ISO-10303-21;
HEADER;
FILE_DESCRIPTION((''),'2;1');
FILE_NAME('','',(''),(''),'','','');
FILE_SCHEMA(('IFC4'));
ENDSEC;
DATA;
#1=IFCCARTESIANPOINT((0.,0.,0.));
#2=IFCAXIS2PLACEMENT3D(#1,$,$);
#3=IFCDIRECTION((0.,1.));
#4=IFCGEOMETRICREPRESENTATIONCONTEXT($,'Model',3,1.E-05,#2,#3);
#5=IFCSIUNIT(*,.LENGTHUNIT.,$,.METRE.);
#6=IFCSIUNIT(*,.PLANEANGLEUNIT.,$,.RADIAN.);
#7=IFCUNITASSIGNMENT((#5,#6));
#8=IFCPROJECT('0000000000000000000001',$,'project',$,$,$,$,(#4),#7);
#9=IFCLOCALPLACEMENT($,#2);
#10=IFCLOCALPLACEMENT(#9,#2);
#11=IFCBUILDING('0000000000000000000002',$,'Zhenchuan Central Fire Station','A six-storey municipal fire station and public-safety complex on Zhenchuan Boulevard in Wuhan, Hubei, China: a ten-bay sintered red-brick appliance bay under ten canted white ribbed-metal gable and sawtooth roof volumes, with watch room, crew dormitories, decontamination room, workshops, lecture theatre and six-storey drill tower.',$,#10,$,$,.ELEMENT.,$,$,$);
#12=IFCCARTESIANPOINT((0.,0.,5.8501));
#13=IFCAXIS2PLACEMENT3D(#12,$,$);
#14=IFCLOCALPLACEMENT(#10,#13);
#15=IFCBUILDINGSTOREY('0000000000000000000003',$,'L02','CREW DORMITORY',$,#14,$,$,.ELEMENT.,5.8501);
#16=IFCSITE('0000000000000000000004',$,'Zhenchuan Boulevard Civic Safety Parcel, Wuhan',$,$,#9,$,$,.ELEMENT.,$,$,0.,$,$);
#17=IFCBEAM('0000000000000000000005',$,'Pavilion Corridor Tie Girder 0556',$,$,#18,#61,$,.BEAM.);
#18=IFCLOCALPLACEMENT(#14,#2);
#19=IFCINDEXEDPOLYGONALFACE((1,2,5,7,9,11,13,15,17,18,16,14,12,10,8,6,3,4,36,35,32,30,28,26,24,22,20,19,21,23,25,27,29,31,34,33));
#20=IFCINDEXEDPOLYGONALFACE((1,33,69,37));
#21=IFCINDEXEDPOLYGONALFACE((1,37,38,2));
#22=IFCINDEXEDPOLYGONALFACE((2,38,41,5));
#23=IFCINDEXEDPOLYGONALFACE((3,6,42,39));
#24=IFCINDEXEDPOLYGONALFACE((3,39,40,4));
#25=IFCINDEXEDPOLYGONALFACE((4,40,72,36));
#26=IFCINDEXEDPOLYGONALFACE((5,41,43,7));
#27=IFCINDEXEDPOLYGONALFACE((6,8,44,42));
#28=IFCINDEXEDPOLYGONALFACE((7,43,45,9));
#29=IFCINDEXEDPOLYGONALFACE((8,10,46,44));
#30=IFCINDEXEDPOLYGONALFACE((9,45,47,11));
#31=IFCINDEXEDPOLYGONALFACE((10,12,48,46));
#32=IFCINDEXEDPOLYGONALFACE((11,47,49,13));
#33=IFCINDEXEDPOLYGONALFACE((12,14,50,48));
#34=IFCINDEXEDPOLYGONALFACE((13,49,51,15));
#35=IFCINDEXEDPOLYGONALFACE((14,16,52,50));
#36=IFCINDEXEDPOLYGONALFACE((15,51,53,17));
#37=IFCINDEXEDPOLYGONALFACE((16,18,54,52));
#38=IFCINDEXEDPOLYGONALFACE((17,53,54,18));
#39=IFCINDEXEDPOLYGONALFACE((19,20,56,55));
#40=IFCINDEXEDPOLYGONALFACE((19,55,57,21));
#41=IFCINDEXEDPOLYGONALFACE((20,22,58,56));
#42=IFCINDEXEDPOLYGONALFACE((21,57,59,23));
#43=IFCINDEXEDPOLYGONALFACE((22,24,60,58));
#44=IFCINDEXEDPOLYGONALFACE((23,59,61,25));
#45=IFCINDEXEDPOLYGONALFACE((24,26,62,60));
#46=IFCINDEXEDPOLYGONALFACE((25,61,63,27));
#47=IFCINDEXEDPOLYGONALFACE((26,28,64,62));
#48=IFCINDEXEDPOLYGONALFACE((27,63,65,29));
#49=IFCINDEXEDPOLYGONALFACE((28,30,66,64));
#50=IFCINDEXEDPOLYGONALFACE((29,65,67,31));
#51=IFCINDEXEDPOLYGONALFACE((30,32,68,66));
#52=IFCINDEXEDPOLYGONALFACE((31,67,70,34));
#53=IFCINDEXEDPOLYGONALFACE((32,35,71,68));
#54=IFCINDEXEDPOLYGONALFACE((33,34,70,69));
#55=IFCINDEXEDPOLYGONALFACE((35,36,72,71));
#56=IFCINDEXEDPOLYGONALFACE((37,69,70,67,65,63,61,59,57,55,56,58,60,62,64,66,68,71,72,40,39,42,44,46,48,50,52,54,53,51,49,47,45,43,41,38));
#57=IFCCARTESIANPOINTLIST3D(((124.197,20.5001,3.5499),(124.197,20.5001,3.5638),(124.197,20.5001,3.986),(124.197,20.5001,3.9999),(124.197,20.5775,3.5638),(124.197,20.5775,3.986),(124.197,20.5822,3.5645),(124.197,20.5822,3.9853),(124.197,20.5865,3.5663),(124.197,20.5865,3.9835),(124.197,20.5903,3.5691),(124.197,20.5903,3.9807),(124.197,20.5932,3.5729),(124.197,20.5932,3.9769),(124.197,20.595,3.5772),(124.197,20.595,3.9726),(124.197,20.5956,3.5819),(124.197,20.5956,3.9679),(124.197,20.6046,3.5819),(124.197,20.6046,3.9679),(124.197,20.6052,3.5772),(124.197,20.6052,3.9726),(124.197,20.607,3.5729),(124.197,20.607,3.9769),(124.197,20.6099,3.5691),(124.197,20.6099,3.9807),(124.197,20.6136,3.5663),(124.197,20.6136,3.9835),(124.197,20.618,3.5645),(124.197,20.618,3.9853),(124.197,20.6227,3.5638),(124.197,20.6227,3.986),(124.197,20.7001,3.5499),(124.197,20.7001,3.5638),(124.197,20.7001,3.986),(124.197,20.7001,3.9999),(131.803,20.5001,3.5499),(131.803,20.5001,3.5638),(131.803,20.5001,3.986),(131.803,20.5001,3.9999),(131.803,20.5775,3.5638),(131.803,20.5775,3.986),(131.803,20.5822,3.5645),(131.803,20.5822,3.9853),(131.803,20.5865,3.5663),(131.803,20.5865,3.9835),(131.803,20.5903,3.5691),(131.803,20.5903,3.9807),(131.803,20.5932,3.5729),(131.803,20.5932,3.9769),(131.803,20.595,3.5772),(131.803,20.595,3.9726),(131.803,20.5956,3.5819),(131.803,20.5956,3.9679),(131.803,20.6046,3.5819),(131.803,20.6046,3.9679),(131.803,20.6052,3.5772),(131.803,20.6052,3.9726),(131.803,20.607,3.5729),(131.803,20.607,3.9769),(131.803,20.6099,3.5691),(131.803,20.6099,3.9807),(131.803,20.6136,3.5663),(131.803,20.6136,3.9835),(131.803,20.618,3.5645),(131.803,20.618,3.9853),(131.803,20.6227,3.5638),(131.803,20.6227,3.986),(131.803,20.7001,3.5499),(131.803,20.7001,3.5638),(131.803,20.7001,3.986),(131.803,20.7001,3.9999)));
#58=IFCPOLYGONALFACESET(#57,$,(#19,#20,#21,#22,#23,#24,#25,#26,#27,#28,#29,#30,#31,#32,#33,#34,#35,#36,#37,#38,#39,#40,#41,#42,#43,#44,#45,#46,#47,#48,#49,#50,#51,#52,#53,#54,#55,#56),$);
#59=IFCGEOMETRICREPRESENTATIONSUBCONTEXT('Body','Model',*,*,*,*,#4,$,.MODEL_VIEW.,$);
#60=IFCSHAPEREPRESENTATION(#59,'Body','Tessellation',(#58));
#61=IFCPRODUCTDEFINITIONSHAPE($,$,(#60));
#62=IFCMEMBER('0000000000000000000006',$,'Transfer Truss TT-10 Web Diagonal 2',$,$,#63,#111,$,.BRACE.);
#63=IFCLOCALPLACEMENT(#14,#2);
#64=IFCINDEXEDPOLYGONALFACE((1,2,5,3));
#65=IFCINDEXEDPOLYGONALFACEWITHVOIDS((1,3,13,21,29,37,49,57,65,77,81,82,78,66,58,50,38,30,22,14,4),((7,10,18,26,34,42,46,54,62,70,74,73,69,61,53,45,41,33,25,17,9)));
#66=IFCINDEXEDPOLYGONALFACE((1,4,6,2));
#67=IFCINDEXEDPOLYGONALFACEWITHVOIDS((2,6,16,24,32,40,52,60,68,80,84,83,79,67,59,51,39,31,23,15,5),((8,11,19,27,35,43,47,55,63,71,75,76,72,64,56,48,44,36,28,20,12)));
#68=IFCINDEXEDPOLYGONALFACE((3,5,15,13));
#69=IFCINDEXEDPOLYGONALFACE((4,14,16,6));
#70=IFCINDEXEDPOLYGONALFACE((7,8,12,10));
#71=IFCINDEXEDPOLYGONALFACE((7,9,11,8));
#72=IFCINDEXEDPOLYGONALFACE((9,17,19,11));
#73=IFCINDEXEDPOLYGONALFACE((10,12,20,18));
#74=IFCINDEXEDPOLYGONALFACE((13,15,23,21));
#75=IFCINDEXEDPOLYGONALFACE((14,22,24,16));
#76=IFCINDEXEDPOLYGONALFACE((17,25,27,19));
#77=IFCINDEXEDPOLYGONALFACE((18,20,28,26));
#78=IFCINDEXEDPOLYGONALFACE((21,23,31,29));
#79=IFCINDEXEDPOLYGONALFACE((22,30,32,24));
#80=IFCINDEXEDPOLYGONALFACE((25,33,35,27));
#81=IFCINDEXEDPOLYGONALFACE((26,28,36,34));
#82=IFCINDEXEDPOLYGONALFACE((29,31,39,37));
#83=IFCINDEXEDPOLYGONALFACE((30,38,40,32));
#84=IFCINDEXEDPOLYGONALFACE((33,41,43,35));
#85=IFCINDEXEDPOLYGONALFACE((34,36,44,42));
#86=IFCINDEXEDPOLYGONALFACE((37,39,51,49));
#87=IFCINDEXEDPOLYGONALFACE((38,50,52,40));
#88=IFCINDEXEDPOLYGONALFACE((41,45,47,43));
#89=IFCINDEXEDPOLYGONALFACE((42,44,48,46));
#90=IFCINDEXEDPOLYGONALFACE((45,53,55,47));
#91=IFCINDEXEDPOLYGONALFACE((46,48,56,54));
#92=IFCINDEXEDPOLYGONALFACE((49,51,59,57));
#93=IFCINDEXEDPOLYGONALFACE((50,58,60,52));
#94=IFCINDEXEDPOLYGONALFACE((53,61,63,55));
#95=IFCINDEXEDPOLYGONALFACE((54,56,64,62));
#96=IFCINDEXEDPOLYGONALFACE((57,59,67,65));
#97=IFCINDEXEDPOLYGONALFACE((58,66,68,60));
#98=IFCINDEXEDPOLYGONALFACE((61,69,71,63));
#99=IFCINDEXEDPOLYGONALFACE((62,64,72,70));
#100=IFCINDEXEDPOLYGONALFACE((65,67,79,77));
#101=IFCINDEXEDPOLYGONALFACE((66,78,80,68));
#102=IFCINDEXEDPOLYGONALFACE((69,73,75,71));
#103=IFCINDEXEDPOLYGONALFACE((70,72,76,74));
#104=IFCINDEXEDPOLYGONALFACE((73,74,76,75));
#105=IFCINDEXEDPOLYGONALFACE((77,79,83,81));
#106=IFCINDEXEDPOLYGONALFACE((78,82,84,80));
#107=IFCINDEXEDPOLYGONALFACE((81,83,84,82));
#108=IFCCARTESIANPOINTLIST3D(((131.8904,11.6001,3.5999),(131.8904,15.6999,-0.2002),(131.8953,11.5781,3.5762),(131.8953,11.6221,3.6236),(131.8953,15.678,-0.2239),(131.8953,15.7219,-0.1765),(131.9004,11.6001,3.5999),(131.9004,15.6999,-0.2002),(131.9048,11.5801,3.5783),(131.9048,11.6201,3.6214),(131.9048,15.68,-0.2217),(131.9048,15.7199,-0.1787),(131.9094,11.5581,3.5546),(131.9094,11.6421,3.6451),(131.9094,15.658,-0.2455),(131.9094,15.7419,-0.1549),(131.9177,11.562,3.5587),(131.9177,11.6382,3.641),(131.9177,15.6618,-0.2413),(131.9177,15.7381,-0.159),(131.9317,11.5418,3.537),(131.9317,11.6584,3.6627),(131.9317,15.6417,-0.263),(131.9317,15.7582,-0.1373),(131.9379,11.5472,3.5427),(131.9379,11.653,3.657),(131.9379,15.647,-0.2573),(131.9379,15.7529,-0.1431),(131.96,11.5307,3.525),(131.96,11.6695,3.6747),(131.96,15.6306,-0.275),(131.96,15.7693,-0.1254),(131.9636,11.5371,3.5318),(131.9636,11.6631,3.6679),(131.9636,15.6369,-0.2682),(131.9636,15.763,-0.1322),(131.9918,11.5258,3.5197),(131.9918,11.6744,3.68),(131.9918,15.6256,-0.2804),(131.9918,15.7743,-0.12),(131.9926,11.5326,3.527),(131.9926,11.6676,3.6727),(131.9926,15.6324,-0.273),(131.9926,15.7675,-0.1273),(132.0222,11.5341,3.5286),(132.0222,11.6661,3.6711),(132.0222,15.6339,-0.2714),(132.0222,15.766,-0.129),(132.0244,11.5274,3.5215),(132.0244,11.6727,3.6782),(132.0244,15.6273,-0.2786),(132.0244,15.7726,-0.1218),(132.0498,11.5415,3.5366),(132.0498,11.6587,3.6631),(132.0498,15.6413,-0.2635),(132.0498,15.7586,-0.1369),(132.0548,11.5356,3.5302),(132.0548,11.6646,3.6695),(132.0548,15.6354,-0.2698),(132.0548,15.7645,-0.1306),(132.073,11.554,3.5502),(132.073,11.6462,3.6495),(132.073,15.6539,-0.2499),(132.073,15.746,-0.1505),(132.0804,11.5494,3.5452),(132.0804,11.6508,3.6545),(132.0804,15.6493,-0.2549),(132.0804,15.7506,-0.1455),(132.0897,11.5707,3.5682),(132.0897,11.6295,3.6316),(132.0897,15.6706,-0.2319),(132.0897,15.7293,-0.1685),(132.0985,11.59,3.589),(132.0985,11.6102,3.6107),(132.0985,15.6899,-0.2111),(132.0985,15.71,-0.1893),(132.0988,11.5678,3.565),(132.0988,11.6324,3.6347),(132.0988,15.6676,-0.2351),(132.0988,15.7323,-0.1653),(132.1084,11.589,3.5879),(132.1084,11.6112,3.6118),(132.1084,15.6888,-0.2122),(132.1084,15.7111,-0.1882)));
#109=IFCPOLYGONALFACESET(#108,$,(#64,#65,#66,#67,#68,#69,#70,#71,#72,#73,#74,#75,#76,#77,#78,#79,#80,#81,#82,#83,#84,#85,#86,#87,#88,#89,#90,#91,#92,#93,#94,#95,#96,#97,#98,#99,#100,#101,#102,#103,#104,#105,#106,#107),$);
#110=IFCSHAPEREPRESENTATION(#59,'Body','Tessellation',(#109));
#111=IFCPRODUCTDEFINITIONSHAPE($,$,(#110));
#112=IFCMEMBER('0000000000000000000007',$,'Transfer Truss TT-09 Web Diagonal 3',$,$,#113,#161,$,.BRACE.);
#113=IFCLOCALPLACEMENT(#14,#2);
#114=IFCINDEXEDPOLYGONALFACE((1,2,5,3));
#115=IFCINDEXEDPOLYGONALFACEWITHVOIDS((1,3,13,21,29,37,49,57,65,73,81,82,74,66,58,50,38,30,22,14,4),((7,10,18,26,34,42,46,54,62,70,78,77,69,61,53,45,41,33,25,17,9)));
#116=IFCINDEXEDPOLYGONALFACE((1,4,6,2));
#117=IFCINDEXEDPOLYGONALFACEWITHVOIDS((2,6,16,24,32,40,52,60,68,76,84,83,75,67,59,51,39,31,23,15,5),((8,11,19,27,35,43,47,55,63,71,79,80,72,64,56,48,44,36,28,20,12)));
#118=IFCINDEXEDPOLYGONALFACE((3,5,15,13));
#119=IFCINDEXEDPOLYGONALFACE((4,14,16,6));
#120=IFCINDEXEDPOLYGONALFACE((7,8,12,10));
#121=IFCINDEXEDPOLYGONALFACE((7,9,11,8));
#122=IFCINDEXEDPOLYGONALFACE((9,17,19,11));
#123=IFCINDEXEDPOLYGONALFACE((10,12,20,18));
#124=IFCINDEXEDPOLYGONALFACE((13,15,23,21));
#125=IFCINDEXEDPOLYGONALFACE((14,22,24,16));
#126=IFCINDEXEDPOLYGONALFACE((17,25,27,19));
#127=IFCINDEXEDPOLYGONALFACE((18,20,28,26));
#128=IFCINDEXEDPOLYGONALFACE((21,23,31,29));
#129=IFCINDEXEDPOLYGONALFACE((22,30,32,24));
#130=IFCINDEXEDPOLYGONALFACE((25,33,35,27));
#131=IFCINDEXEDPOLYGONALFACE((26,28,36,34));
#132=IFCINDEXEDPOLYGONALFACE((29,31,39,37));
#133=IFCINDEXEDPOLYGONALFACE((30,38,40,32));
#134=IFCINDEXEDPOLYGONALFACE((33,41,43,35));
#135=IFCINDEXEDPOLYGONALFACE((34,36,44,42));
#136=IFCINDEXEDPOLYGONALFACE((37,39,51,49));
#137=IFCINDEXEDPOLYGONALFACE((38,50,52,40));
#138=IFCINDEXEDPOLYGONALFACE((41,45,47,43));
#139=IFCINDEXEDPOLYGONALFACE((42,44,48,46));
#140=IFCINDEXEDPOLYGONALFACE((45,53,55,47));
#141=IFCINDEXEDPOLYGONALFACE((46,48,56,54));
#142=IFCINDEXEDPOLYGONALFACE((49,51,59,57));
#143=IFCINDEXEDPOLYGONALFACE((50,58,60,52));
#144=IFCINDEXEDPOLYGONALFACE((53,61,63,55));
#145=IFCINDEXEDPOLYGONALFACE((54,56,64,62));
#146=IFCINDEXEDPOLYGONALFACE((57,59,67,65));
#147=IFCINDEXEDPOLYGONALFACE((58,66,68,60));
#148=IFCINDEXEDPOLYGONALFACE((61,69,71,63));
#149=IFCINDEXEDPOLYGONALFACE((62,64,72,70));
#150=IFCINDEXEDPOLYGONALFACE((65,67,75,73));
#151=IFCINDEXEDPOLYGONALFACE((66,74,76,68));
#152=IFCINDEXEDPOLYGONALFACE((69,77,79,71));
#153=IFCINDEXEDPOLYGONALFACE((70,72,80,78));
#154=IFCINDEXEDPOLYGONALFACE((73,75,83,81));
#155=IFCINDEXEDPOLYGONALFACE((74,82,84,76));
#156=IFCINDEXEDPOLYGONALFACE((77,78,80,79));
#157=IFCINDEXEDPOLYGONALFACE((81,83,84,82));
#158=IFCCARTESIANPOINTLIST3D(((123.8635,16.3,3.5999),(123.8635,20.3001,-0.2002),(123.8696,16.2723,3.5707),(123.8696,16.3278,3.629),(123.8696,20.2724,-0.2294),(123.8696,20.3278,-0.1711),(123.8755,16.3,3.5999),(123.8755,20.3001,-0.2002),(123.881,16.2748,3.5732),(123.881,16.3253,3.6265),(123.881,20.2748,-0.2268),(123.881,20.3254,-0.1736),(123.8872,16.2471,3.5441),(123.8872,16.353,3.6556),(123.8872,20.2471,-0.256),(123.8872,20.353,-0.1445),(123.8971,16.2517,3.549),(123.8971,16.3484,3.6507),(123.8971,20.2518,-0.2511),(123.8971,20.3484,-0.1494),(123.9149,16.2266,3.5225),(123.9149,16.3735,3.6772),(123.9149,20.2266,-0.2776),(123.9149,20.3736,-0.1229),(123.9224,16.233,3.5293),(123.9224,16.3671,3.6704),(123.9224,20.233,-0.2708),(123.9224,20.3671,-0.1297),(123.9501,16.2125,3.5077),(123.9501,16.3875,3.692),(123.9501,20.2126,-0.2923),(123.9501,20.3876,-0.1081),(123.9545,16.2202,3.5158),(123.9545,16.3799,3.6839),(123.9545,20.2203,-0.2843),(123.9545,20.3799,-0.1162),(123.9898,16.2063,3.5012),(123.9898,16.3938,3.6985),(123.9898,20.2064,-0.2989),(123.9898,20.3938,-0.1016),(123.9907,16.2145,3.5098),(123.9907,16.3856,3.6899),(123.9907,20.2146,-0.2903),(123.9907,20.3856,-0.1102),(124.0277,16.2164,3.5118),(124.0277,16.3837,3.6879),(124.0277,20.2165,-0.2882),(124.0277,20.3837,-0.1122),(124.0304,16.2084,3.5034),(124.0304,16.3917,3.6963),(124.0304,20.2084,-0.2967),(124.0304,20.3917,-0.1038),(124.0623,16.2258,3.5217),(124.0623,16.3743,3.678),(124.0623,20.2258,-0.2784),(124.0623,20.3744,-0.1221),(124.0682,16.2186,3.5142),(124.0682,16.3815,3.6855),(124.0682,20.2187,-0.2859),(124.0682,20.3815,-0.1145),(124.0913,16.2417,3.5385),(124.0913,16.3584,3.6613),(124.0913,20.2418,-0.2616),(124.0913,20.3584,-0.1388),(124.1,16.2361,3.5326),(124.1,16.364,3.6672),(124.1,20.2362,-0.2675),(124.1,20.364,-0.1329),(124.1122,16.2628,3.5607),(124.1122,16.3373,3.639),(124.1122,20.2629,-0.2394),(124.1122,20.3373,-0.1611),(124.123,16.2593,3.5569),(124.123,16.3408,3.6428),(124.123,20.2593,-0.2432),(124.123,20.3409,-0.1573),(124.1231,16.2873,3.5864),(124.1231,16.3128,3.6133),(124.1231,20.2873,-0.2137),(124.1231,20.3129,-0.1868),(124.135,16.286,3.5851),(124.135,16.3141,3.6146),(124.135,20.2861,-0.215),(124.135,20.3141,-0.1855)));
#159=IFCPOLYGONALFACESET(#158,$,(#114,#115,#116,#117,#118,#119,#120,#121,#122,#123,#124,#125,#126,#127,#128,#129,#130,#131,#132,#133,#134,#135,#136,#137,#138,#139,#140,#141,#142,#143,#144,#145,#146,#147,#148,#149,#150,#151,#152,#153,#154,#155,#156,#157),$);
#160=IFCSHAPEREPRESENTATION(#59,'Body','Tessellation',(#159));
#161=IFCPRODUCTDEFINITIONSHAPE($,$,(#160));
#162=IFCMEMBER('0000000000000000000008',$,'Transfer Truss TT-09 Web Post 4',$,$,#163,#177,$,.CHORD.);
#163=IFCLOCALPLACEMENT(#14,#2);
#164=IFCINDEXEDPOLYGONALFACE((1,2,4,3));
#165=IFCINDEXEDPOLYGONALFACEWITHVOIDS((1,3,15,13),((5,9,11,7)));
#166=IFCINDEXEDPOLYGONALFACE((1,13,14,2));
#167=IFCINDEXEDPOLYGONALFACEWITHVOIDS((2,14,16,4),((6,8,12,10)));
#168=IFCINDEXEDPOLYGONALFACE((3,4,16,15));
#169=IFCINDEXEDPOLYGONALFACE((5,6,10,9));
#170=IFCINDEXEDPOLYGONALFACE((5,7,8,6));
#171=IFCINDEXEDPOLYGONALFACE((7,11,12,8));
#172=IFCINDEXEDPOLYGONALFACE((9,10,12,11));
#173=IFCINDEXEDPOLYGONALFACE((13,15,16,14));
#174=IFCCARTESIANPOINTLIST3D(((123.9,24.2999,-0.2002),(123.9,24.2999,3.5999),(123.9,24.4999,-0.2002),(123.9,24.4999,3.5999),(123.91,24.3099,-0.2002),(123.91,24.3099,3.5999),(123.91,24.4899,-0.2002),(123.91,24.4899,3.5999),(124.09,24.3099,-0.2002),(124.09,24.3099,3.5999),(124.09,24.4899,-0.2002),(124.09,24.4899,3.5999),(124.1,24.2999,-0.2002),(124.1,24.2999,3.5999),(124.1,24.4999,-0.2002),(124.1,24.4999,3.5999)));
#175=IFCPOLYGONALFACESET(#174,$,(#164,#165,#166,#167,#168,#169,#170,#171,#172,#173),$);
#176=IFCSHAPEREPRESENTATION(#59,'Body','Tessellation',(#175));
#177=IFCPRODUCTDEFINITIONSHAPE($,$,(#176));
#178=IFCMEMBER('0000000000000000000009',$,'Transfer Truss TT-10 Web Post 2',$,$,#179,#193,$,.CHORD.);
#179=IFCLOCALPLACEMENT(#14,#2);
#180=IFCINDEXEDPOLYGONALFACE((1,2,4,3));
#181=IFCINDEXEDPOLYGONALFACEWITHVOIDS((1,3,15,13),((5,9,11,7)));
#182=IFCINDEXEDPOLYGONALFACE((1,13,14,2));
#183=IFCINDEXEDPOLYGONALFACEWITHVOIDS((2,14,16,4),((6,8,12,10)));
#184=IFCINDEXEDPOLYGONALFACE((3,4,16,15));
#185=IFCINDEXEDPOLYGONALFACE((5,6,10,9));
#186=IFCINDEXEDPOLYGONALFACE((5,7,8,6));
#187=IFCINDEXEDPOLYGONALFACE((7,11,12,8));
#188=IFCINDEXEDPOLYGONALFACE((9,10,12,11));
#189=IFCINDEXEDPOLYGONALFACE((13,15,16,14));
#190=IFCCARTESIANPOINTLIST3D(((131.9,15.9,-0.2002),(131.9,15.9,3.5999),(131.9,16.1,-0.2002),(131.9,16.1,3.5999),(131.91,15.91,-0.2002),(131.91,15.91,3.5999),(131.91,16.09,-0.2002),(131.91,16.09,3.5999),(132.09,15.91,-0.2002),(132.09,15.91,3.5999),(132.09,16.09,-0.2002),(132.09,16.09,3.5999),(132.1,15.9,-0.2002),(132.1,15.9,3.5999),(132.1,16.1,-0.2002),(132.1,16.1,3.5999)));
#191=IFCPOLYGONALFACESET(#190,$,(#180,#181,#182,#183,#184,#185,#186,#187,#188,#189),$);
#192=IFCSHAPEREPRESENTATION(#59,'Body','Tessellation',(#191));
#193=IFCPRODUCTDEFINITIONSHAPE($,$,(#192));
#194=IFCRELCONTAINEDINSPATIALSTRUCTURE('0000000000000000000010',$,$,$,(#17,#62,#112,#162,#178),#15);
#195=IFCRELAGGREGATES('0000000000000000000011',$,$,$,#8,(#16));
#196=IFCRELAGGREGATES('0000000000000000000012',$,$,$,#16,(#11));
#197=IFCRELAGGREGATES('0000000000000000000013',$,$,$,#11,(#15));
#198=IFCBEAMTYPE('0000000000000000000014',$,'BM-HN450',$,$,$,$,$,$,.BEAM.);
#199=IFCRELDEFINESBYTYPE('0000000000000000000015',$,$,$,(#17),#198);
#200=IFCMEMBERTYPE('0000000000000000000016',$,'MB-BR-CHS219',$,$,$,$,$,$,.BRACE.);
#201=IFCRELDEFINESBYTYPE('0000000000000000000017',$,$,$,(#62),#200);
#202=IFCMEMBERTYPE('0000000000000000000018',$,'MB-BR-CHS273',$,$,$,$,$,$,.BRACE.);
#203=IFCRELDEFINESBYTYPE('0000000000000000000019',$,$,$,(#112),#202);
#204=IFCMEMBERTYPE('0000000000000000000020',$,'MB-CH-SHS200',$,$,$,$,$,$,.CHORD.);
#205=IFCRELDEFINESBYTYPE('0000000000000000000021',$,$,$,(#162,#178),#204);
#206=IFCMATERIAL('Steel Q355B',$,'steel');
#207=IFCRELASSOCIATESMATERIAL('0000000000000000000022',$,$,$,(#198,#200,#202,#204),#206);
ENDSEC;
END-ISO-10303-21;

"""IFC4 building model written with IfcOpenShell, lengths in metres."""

from ifc_helpers import new_model, si_unit, direction, frame, origin, origin_2d, place, context, subcontext, project, spatial, hollow_rectangle, hollow_circle, i_section, extrude, material, material_profile, profile_set, type_object, element, save


model = new_model("IFC4")

# Units and contexts
model_context = context("Model", 3, precision=1e-05, world=origin(), true_north=direction((0.0, 1.0)))
body_context = subcontext(model_context, "Body", "Model", "MODEL_VIEW")
ifc_project = project(units=[si_unit("LENGTHUNIT", "METRE"), si_unit("PLANEANGLEUNIT", "RADIAN")], contexts=[model_context])

# Site, building, storey
site_placement = place(None, origin())
site = spatial("IfcSite", under=ifc_project, at=site_placement, Name="Zhenchuan Boulevard Civic Safety Parcel, Wuhan", CompositionType="ELEMENT", RefElevation=0.0)
building_placement = place(site_placement, origin())
building = spatial("IfcBuilding", under=site, at=building_placement, Name="Zhenchuan Central Fire Station", Description="A six-storey municipal fire station and public-safety complex on Zhenchuan Boulevard in Wuhan, Hubei, China: a ten-bay sintered red-brick appliance bay under ten canted white ribbed-metal gable and sawtooth roof volumes, with watch room, crew dormitories, decontamination room, workshops, lecture theatre and six-storey drill tower.", CompositionType="ELEMENT")
storey_placement = place(building_placement, frame((0.0, 0.0, 5.8501)))
storey = spatial("IfcBuildingStorey", under=building, at=storey_placement, Name="L02", Description="CREW DORMITORY", CompositionType="ELEMENT", Elevation=5.8501)

# Beam
ifc_material_1 = material(Name="Steel Q355B", Category="steel")
ifc_material_profile_1 = material_profile(ifc_material_1, i_section(OverallWidth=0.2, OverallDepth=0.45, WebThickness=0.009, FlangeThickness=0.0139, FilletRadius=0.0181, at=origin_2d()), Name="HN 450x200")
ifc_profile_set_1 = profile_set([ifc_material_profile_1], Name="Steel Q355B")
beam_type = type_object("IfcBeamType", Name="BM-HN450", PredefinedType="BEAM", material=ifc_profile_set_1)
beam_placement = place(storey_placement, frame((124.197, 20.6001, 3.7749), z_axis=(1.0, 0.0, 0.0), x_axis=(0.0, 1.0, 0.0)))
element("IfcBeam", 1, at=beam_placement, inside=storey, type_object=beam_type, Name="Pavilion Corridor Tie Girder 0556", PredefinedType="BEAM", context=body_context, shape_type="SweptSolid", body=[
    extrude(i_section(OverallWidth=0.2, OverallDepth=0.45, WebThickness=0.009, FlangeThickness=0.0139, FilletRadius=0.0181, at=origin_2d()), origin(), (0.0, 0.0, 1.0), 7.606),
])

# Members
ifc_material_profile_2 = material_profile(ifc_material_1, hollow_circle(Radius=0.1096, WallThickness=0.01, at=origin_2d()), Name="CHS 219.1x10")
ifc_profile_set_2 = profile_set([ifc_material_profile_2], Name="Steel Q355B")
member_type_1 = type_object("IfcMemberType", Name="MB-BR-CHS219", PredefinedType="BRACE", material=ifc_profile_set_2)
member_1_placement = place(storey_placement, frame((132.0, 11.6001, 3.5999), z_axis=(0.0, 0.733414, -0.679782), x_axis=(-1.0, 0.0, 0.0)))
element("IfcMember", 2, at=member_1_placement, inside=storey, type_object=member_type_1, Name="Transfer Truss TT-10 Web Diagonal 2", PredefinedType="BRACE", context=body_context, shape_type="SweptSolid", body=[
    extrude(hollow_circle(Radius=0.1096, WallThickness=0.01, at=origin_2d()), origin(), (0.0, 0.0, 1.0), 5.5901),
])
ifc_material_profile_3 = material_profile(ifc_material_1, hollow_circle(Radius=0.1365, WallThickness=0.012, at=origin_2d()), Name="CHS 273x12")
ifc_profile_set_3 = profile_set([ifc_material_profile_3], Name="Steel Q355B")
member_type_2 = type_object("IfcMemberType", Name="MB-BR-CHS273", PredefinedType="BRACE", material=ifc_profile_set_3)
member_2_placement = place(storey_placement, frame((124.0, 16.3, 3.5999), z_axis=(0.0, 0.724995, -0.688754), x_axis=(-1.0, 0.0, 0.0)))
element("IfcMember", 3, at=member_2_placement, inside=storey, type_object=member_type_2, Name="Transfer Truss TT-09 Web Diagonal 3", PredefinedType="BRACE", context=body_context, shape_type="SweptSolid", body=[
    extrude(hollow_circle(Radius=0.1365, WallThickness=0.012, at=origin_2d()), origin(), (0.0, 0.0, 1.0), 5.5173),
])
ifc_material_profile_4 = material_profile(ifc_material_1, hollow_rectangle(XDim=0.2, YDim=0.2, WallThickness=0.01, at=origin_2d()), Name="SHS 200x200x10")
ifc_profile_set_4 = profile_set([ifc_material_profile_4], Name="Steel Q355B")
member_type_3 = type_object("IfcMemberType", Name="MB-CH-SHS200", PredefinedType="CHORD", material=ifc_profile_set_4)
for number, where, z_axis, x_axis, name in (
    (4, (124.0, 24.3999, -0.2002), (0.0, 0.0, 1.0), (1.0, 0.0, 0.0), "Transfer Truss TT-09 Web Post 4"),
    (5, (132.0, 16.0, -0.2002), (0.0, 0.0, 1.0), (1.0, 0.0, 0.0), "Transfer Truss TT-10 Web Post 2"),
):
    element("IfcMember", number, at=place(storey_placement, frame(where, z_axis=z_axis, x_axis=x_axis)), inside=storey, type_object=member_type_3, Name=name, PredefinedType="CHORD", context=body_context, shape_type="SweptSolid", body=[
        extrude(hollow_rectangle(XDim=0.2, YDim=0.2, WallThickness=0.01, at=origin_2d()), origin(), (0.0, 0.0, 1.0), 3.8),
    ])

save(model, "model.ifc")
